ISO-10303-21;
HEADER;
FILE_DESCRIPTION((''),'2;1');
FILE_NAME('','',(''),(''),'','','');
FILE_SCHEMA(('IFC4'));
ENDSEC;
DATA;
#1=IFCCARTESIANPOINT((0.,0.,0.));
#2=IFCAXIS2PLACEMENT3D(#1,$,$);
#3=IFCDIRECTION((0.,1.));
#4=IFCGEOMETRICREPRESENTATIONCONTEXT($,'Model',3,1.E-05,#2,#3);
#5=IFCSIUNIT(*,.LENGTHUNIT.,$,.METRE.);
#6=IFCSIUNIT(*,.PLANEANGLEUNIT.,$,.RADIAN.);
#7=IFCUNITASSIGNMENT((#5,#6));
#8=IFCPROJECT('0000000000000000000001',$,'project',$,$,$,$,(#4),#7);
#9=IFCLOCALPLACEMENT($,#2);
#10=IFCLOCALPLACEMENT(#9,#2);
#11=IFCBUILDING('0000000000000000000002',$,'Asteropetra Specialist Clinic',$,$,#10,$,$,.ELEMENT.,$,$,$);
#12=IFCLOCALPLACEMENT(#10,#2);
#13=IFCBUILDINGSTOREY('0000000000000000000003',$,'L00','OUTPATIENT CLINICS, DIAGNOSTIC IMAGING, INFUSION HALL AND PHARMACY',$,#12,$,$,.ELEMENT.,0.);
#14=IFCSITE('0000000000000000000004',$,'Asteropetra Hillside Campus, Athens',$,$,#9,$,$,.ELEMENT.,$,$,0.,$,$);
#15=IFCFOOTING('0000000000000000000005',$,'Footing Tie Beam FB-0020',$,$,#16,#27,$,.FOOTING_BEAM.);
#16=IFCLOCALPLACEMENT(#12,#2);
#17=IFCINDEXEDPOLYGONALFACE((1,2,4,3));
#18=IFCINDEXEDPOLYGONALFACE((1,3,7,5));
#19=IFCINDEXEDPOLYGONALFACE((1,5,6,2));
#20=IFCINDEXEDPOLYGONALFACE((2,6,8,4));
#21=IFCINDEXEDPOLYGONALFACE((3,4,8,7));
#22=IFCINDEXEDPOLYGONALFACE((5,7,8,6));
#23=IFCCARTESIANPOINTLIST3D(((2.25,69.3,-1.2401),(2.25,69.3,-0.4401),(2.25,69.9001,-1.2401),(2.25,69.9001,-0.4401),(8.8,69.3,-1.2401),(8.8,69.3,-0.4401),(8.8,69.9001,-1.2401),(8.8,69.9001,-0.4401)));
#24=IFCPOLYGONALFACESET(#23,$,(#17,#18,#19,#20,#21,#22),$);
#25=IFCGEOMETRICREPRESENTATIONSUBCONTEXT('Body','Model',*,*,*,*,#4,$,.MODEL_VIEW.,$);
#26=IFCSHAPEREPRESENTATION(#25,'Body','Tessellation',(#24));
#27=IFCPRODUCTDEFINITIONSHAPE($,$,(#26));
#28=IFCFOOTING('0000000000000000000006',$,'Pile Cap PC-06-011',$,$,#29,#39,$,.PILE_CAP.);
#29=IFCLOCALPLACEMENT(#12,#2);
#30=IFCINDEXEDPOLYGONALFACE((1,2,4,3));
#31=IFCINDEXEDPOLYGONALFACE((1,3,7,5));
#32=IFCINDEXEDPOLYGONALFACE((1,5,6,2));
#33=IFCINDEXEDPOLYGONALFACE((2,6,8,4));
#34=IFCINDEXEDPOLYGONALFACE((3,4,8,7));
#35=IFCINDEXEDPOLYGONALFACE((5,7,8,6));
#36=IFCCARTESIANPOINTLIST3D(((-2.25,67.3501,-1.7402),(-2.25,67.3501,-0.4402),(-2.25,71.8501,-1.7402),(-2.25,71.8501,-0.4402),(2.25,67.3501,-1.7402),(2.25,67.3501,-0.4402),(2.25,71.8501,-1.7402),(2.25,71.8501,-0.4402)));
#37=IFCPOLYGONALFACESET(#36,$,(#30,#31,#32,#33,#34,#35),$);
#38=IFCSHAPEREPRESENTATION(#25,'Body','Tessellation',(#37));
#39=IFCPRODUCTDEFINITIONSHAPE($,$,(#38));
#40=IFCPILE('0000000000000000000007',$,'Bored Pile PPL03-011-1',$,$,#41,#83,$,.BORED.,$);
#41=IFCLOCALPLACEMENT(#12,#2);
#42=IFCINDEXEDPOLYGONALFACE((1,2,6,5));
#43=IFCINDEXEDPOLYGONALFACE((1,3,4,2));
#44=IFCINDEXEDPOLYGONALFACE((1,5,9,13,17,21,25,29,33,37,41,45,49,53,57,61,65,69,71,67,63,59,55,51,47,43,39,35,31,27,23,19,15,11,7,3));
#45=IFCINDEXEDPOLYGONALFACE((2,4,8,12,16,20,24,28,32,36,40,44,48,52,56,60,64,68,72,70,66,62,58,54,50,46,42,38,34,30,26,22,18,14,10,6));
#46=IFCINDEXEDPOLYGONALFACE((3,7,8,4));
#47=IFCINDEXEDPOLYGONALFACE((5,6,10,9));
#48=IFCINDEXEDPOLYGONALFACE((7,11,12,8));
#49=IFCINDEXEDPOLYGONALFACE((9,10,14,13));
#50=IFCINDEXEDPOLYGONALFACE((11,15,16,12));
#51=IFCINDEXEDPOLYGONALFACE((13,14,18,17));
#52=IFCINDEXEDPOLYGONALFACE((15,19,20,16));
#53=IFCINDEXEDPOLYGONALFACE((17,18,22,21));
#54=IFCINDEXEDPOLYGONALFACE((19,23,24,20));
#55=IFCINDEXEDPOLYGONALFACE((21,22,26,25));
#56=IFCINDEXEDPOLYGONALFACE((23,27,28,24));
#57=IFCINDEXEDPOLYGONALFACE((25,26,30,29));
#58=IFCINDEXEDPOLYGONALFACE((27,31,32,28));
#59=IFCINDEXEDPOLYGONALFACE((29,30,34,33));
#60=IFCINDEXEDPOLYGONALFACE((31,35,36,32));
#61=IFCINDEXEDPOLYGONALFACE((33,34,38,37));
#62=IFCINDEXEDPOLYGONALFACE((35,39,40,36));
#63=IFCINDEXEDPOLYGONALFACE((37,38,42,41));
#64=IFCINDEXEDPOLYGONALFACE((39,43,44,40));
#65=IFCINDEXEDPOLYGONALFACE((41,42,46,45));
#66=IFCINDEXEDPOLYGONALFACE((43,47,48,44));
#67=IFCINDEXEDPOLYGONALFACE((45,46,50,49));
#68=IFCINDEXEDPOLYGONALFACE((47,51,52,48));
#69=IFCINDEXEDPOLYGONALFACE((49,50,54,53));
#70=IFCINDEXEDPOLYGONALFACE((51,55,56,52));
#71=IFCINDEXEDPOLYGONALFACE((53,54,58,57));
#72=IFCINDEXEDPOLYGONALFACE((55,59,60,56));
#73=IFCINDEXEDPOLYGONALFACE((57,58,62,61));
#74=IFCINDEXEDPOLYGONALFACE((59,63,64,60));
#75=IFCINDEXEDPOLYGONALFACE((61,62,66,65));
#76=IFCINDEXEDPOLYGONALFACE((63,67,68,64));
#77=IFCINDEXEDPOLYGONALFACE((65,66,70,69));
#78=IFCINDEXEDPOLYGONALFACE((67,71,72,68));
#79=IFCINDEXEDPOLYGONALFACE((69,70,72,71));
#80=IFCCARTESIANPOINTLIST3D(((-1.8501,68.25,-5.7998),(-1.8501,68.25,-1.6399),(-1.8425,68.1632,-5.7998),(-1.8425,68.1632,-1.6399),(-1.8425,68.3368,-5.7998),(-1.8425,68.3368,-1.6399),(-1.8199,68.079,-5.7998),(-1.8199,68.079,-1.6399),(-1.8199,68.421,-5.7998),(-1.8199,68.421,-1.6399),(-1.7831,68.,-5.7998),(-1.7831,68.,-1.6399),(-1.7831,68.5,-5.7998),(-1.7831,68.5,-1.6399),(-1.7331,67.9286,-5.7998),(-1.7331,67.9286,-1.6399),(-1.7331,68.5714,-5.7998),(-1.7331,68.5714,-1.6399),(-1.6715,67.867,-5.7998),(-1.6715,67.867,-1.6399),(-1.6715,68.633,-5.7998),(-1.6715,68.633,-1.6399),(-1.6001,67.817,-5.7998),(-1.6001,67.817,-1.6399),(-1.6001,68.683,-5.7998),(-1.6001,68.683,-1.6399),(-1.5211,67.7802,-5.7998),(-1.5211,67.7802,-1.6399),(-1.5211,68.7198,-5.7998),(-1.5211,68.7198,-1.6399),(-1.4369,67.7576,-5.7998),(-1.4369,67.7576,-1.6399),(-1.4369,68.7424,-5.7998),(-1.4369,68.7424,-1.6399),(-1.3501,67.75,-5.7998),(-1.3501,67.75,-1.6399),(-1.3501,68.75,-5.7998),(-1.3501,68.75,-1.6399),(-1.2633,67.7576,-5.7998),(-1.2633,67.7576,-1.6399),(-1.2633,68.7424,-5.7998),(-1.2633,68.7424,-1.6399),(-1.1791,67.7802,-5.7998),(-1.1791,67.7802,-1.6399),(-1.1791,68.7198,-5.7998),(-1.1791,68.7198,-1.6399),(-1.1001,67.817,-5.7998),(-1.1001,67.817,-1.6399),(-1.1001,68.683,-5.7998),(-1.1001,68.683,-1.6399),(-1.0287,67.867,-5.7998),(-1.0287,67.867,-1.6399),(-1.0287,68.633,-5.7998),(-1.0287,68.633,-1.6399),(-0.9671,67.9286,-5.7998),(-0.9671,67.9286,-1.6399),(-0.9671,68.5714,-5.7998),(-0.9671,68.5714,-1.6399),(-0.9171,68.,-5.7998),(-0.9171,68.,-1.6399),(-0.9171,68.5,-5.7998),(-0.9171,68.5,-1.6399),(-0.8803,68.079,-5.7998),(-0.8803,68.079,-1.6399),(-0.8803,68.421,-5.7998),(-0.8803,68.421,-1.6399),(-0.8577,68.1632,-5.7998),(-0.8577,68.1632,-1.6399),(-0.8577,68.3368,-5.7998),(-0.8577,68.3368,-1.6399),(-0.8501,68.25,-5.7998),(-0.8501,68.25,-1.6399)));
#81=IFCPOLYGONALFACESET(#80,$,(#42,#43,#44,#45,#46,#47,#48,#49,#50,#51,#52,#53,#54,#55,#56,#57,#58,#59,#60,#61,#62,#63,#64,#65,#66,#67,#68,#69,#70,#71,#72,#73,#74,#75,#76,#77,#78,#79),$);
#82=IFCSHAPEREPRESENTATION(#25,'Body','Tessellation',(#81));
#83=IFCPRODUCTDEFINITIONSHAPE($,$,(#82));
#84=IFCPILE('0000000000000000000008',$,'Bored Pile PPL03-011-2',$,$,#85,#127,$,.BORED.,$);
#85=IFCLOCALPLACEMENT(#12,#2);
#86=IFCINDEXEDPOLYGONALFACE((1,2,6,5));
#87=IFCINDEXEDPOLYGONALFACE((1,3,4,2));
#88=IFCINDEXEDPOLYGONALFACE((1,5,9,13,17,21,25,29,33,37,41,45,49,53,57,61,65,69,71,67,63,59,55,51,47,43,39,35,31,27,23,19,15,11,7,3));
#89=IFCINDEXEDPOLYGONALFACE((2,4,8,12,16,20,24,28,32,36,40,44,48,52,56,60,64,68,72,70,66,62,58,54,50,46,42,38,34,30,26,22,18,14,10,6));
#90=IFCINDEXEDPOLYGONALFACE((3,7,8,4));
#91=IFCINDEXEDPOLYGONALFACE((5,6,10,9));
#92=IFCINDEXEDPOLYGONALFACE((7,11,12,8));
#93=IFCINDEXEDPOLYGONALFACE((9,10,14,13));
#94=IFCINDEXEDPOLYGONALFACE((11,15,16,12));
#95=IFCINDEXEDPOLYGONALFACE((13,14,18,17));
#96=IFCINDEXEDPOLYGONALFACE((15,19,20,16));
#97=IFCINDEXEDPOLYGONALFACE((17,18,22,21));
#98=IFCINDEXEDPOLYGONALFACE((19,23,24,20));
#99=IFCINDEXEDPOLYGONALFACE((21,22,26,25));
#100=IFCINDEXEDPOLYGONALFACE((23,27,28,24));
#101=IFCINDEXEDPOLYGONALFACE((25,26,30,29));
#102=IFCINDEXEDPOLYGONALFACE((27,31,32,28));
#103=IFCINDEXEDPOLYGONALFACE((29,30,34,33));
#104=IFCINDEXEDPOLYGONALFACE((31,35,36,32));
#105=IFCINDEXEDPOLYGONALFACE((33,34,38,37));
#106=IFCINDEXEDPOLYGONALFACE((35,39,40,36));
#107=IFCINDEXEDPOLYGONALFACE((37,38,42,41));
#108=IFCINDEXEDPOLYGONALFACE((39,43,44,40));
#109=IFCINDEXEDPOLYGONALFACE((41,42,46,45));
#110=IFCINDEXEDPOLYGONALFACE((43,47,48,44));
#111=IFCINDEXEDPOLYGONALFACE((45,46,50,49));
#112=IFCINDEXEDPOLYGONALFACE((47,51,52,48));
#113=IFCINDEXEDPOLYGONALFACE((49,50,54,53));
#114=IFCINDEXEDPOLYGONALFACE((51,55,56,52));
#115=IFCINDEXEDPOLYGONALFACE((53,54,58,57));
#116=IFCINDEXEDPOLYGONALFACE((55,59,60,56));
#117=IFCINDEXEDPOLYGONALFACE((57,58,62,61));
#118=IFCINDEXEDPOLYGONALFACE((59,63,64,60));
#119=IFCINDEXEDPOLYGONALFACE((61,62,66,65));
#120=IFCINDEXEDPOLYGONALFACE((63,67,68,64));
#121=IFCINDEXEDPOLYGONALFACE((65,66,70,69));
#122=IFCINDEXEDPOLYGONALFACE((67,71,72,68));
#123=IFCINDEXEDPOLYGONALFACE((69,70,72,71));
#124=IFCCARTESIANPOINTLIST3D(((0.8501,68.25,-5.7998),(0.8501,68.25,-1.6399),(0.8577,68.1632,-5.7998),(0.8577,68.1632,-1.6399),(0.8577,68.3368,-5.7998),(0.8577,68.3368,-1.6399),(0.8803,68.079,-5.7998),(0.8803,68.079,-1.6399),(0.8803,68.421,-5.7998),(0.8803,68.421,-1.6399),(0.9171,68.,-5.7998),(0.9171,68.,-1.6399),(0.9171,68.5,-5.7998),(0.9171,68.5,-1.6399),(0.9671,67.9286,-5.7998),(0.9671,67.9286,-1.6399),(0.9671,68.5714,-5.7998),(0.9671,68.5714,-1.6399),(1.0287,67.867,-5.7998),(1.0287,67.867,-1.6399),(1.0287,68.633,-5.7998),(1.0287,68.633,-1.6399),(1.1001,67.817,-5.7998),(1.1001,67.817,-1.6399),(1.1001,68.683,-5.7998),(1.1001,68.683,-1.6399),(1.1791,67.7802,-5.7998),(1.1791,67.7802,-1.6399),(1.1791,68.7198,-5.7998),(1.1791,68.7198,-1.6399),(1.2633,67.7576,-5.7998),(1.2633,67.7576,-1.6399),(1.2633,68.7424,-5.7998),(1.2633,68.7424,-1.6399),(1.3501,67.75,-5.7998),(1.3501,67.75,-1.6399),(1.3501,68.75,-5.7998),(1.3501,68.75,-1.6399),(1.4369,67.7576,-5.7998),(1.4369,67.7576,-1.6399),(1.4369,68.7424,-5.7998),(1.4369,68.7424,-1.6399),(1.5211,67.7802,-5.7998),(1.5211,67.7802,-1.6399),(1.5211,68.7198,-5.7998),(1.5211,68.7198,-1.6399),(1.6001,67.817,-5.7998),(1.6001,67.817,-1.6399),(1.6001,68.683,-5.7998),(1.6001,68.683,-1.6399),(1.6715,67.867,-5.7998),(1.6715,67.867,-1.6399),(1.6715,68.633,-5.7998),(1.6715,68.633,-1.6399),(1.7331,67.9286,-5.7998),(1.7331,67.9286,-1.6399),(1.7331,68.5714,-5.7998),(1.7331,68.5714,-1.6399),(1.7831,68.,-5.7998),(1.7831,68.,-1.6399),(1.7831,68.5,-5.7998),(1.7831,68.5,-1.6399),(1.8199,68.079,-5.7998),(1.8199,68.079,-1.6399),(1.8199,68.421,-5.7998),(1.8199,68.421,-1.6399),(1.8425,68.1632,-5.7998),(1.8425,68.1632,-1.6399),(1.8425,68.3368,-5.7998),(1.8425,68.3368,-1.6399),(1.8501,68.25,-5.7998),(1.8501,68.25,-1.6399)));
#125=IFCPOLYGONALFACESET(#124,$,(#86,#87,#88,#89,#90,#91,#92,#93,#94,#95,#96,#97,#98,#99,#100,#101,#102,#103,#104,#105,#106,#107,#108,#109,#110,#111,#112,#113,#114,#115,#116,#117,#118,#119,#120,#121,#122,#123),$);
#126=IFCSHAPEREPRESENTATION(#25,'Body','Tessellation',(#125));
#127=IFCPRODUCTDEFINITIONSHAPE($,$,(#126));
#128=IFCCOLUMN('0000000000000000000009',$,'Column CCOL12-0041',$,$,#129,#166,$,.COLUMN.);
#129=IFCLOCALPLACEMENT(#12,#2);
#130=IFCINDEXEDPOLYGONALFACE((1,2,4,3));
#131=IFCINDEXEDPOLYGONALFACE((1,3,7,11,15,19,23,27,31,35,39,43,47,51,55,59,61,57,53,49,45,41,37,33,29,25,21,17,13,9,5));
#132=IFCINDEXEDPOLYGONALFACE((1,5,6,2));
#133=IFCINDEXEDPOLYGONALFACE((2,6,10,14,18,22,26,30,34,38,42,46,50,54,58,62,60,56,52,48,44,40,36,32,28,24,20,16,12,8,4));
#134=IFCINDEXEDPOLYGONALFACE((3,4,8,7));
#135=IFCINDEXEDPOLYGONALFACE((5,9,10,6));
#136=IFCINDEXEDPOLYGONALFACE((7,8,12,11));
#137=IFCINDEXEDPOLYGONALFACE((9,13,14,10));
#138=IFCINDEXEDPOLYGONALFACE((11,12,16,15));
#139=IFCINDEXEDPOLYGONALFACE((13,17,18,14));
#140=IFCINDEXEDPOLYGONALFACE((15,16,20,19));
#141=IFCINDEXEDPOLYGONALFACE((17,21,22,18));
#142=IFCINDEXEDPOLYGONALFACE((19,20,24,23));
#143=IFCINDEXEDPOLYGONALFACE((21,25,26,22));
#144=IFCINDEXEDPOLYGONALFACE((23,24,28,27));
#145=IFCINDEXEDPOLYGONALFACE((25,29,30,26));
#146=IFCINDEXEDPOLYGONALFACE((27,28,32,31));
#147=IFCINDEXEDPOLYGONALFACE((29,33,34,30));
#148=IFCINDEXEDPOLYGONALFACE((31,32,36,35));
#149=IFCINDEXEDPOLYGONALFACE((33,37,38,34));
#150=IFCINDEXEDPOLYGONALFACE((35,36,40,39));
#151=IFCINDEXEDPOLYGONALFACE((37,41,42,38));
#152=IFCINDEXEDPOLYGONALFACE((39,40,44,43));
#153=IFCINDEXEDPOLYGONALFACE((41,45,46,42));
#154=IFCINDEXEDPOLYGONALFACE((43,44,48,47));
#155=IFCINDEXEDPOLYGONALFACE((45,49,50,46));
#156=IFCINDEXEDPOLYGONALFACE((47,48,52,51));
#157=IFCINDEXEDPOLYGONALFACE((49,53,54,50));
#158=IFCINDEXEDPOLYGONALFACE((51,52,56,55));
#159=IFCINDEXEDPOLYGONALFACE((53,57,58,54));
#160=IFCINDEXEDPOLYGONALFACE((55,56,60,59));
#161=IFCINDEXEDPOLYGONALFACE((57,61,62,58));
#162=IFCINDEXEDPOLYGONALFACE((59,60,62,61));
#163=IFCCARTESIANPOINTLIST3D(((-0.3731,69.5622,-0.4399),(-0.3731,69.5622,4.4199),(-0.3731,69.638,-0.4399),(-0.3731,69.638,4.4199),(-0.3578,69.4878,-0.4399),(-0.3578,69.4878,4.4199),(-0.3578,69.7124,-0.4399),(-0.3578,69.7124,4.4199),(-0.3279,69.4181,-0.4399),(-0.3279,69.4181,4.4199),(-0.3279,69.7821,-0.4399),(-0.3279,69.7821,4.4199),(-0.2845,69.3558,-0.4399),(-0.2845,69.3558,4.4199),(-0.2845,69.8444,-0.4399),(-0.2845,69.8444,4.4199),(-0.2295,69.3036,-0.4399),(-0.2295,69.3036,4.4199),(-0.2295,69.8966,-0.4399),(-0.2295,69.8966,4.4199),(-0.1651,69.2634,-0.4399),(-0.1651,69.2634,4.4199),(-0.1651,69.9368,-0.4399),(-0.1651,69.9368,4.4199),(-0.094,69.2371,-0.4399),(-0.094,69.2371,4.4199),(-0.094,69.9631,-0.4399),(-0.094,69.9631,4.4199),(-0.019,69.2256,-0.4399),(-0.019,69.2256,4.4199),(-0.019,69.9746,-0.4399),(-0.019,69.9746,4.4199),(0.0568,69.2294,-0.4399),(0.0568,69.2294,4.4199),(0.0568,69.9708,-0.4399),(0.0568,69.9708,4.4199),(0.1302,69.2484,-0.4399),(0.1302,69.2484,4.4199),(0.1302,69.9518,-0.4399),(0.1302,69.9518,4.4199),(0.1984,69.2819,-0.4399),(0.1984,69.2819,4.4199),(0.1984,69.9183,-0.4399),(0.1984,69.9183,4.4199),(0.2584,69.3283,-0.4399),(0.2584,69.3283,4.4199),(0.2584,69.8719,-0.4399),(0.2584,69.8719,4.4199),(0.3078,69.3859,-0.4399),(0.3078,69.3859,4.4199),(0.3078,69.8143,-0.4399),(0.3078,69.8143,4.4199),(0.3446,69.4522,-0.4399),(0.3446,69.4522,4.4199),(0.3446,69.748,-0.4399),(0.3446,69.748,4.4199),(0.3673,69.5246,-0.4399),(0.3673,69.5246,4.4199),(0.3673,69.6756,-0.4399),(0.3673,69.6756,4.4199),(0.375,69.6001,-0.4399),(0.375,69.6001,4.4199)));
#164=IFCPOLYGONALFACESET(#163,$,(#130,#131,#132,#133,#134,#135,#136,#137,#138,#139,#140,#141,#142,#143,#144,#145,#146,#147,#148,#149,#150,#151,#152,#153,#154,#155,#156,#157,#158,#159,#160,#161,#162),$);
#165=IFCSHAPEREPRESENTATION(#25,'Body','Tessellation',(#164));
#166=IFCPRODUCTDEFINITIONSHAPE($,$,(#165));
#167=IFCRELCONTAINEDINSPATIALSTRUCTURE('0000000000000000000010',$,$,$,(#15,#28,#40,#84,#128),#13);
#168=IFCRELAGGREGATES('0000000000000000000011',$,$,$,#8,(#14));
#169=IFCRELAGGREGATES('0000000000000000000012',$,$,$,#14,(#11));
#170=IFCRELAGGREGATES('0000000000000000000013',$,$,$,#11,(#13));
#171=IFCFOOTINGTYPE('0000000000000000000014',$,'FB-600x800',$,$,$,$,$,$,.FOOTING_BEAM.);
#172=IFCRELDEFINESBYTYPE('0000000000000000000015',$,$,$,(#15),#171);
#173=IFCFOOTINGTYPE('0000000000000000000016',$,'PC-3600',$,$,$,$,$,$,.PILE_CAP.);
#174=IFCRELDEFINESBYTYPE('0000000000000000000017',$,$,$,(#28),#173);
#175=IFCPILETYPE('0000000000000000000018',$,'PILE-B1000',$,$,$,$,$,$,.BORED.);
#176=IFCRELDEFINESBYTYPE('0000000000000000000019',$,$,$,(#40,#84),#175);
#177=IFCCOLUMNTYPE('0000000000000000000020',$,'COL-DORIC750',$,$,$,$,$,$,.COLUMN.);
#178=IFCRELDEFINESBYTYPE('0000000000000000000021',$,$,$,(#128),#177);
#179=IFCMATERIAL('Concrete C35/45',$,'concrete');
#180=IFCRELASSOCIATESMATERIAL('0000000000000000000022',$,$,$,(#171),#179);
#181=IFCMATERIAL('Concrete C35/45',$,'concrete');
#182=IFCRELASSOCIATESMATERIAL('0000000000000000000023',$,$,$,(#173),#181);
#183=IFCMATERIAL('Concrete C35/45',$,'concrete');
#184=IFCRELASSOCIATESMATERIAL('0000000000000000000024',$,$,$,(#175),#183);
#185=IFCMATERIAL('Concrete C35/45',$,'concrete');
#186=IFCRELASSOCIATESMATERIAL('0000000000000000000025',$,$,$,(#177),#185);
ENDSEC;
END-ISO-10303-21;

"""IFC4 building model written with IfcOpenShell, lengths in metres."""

from ifc_helpers import new_model, si_unit, direction, frame, origin, origin_2d, place, context, subcontext, project, spatial, rectangle, circle, extrude, material, material_profile, profile_set, type_object, element, save


model = new_model("IFC4")

# Units and contexts
model_context = context("Model", 3, precision=1e-05, world=origin(), true_north=direction((0.0, 1.0)))
body_context = subcontext(model_context, "Body", "Model", "MODEL_VIEW")
ifc_project = project(units=[si_unit("LENGTHUNIT", "METRE"), si_unit("PLANEANGLEUNIT", "RADIAN")], contexts=[model_context])

# Site, building, storey
site_placement = place(None, origin())
site = spatial("IfcSite", under=ifc_project, at=site_placement, Name="Asteropetra Hillside Campus, Athens", CompositionType="ELEMENT", RefElevation=0.0)
building_placement = place(site_placement, origin())
building = spatial("IfcBuilding", under=site, at=building_placement, Name="Asteropetra Specialist Clinic", CompositionType="ELEMENT")
storey_placement = place(building_placement, origin())
storey = spatial("IfcBuildingStorey", under=building, at=storey_placement, Name="L00", Description="OUTPATIENT CLINICS, DIAGNOSTIC IMAGING, INFUSION HALL AND PHARMACY", CompositionType="ELEMENT", Elevation=0.0)

# Footings
ifc_material_1 = material(Name="Concrete C35/45", Category="concrete")
ifc_material_profile_1 = material_profile(ifc_material_1, rectangle(XDim=0.6001, YDim=0.8, at=origin_2d()), Name="FB 600x800")
ifc_profile_set_1 = profile_set([ifc_material_profile_1], Name="Concrete C35/45")
footing_type_1 = type_object("IfcFootingType", Name="FB-600x800", PredefinedType="FOOTING_BEAM", material=ifc_profile_set_1)
footing_1_placement = place(storey_placement, frame((2.25, 69.6001, -0.8401), z_axis=(1.0, 0.0, 0.0), x_axis=(0.0, 1.0, 0.0)))
element("IfcFooting", 1, at=footing_1_placement, inside=storey, type_object=footing_type_1, Name="Footing Tie Beam FB-0020", PredefinedType="FOOTING_BEAM", context=body_context, shape_type="SweptSolid", body=[
    extrude(rectangle(XDim=0.6001, YDim=0.8, at=origin_2d()), origin(), (0.0, 0.0, 1.0), 6.55),
])
ifc_material_2 = material(Name="Concrete C35/45", Category="concrete")
footing_type_2 = type_object("IfcFootingType", Name="PC-3600", PredefinedType="PILE_CAP", material=ifc_material_2)
footing_2_placement = place(storey_placement, frame((0.0, 69.6001, -1.7402), z_axis=(0.0, 0.0, 1.0), x_axis=(1.0, 0.0, 0.0)))
element("IfcFooting", 2, at=footing_2_placement, inside=storey, type_object=footing_type_2, Name="Pile Cap PC-06-011", PredefinedType="PILE_CAP", context=body_context, shape_type="SweptSolid", body=[
    extrude(rectangle(XDim=4.5, YDim=4.5, at=origin_2d()), origin(), (0.0, 0.0, 1.0), 1.3),
])

# Piles
ifc_material_3 = material(Name="Concrete C35/45", Category="concrete")
ifc_material_profile_2 = material_profile(ifc_material_3, circle(Radius=0.5, at=origin_2d()), Name="PILE D1000")
ifc_profile_set_2 = profile_set([ifc_material_profile_2], Name="Concrete C35/45")
pile_type = type_object("IfcPileType", Name="PILE-B1000", PredefinedType="BORED", material=ifc_profile_set_2)
for number, where, z_axis, x_axis, name in (
    (3, (-1.3501, 68.25, -1.6399), (0.0, 0.0, -1.0), (1.0, 0.0, 0.0), "Bored Pile PPL03-011-1"),
    (4, (1.3501, 68.25, -1.6399), (0.0, 0.0, -1.0), (1.0, 0.0, 0.0), "Bored Pile PPL03-011-2"),
):
    element("IfcPile", number, at=place(storey_placement, frame(where, z_axis=z_axis, x_axis=x_axis)), inside=storey, type_object=pile_type, Name=name, PredefinedType="BORED", context=body_context, shape_type="SweptSolid", body=[
        extrude(circle(Radius=0.5, at=origin_2d()), origin(), (0.0, 0.0, 1.0), 4.1599),
    ])

# Column
ifc_material_4 = material(Name="Concrete C35/45", Category="concrete")
ifc_material_profile_3 = material_profile(ifc_material_4, circle(Radius=0.375, at=origin_2d()), Name="RCC D750")
ifc_profile_set_3 = profile_set([ifc_material_profile_3], Name="Concrete C35/45")
column_type = type_object("IfcColumnType", Name="COL-DORIC750", PredefinedType="COLUMN", material=ifc_profile_set_3)
column_placement = place(storey_placement, frame((0.0, 69.6001, -0.4399), z_axis=(0.0, 0.0, 1.0), x_axis=(1.0, 0.0, 0.0)))
element("IfcColumn", 5, at=column_placement, inside=storey, type_object=column_type, Name="Column CCOL12-0041", PredefinedType="COLUMN", context=body_context, shape_type="SweptSolid", body=[
    extrude(circle(Radius=0.375, at=origin_2d()), origin(), (0.0, 0.0, 1.0), 4.8599),
])

save(model, "model.ifc")
